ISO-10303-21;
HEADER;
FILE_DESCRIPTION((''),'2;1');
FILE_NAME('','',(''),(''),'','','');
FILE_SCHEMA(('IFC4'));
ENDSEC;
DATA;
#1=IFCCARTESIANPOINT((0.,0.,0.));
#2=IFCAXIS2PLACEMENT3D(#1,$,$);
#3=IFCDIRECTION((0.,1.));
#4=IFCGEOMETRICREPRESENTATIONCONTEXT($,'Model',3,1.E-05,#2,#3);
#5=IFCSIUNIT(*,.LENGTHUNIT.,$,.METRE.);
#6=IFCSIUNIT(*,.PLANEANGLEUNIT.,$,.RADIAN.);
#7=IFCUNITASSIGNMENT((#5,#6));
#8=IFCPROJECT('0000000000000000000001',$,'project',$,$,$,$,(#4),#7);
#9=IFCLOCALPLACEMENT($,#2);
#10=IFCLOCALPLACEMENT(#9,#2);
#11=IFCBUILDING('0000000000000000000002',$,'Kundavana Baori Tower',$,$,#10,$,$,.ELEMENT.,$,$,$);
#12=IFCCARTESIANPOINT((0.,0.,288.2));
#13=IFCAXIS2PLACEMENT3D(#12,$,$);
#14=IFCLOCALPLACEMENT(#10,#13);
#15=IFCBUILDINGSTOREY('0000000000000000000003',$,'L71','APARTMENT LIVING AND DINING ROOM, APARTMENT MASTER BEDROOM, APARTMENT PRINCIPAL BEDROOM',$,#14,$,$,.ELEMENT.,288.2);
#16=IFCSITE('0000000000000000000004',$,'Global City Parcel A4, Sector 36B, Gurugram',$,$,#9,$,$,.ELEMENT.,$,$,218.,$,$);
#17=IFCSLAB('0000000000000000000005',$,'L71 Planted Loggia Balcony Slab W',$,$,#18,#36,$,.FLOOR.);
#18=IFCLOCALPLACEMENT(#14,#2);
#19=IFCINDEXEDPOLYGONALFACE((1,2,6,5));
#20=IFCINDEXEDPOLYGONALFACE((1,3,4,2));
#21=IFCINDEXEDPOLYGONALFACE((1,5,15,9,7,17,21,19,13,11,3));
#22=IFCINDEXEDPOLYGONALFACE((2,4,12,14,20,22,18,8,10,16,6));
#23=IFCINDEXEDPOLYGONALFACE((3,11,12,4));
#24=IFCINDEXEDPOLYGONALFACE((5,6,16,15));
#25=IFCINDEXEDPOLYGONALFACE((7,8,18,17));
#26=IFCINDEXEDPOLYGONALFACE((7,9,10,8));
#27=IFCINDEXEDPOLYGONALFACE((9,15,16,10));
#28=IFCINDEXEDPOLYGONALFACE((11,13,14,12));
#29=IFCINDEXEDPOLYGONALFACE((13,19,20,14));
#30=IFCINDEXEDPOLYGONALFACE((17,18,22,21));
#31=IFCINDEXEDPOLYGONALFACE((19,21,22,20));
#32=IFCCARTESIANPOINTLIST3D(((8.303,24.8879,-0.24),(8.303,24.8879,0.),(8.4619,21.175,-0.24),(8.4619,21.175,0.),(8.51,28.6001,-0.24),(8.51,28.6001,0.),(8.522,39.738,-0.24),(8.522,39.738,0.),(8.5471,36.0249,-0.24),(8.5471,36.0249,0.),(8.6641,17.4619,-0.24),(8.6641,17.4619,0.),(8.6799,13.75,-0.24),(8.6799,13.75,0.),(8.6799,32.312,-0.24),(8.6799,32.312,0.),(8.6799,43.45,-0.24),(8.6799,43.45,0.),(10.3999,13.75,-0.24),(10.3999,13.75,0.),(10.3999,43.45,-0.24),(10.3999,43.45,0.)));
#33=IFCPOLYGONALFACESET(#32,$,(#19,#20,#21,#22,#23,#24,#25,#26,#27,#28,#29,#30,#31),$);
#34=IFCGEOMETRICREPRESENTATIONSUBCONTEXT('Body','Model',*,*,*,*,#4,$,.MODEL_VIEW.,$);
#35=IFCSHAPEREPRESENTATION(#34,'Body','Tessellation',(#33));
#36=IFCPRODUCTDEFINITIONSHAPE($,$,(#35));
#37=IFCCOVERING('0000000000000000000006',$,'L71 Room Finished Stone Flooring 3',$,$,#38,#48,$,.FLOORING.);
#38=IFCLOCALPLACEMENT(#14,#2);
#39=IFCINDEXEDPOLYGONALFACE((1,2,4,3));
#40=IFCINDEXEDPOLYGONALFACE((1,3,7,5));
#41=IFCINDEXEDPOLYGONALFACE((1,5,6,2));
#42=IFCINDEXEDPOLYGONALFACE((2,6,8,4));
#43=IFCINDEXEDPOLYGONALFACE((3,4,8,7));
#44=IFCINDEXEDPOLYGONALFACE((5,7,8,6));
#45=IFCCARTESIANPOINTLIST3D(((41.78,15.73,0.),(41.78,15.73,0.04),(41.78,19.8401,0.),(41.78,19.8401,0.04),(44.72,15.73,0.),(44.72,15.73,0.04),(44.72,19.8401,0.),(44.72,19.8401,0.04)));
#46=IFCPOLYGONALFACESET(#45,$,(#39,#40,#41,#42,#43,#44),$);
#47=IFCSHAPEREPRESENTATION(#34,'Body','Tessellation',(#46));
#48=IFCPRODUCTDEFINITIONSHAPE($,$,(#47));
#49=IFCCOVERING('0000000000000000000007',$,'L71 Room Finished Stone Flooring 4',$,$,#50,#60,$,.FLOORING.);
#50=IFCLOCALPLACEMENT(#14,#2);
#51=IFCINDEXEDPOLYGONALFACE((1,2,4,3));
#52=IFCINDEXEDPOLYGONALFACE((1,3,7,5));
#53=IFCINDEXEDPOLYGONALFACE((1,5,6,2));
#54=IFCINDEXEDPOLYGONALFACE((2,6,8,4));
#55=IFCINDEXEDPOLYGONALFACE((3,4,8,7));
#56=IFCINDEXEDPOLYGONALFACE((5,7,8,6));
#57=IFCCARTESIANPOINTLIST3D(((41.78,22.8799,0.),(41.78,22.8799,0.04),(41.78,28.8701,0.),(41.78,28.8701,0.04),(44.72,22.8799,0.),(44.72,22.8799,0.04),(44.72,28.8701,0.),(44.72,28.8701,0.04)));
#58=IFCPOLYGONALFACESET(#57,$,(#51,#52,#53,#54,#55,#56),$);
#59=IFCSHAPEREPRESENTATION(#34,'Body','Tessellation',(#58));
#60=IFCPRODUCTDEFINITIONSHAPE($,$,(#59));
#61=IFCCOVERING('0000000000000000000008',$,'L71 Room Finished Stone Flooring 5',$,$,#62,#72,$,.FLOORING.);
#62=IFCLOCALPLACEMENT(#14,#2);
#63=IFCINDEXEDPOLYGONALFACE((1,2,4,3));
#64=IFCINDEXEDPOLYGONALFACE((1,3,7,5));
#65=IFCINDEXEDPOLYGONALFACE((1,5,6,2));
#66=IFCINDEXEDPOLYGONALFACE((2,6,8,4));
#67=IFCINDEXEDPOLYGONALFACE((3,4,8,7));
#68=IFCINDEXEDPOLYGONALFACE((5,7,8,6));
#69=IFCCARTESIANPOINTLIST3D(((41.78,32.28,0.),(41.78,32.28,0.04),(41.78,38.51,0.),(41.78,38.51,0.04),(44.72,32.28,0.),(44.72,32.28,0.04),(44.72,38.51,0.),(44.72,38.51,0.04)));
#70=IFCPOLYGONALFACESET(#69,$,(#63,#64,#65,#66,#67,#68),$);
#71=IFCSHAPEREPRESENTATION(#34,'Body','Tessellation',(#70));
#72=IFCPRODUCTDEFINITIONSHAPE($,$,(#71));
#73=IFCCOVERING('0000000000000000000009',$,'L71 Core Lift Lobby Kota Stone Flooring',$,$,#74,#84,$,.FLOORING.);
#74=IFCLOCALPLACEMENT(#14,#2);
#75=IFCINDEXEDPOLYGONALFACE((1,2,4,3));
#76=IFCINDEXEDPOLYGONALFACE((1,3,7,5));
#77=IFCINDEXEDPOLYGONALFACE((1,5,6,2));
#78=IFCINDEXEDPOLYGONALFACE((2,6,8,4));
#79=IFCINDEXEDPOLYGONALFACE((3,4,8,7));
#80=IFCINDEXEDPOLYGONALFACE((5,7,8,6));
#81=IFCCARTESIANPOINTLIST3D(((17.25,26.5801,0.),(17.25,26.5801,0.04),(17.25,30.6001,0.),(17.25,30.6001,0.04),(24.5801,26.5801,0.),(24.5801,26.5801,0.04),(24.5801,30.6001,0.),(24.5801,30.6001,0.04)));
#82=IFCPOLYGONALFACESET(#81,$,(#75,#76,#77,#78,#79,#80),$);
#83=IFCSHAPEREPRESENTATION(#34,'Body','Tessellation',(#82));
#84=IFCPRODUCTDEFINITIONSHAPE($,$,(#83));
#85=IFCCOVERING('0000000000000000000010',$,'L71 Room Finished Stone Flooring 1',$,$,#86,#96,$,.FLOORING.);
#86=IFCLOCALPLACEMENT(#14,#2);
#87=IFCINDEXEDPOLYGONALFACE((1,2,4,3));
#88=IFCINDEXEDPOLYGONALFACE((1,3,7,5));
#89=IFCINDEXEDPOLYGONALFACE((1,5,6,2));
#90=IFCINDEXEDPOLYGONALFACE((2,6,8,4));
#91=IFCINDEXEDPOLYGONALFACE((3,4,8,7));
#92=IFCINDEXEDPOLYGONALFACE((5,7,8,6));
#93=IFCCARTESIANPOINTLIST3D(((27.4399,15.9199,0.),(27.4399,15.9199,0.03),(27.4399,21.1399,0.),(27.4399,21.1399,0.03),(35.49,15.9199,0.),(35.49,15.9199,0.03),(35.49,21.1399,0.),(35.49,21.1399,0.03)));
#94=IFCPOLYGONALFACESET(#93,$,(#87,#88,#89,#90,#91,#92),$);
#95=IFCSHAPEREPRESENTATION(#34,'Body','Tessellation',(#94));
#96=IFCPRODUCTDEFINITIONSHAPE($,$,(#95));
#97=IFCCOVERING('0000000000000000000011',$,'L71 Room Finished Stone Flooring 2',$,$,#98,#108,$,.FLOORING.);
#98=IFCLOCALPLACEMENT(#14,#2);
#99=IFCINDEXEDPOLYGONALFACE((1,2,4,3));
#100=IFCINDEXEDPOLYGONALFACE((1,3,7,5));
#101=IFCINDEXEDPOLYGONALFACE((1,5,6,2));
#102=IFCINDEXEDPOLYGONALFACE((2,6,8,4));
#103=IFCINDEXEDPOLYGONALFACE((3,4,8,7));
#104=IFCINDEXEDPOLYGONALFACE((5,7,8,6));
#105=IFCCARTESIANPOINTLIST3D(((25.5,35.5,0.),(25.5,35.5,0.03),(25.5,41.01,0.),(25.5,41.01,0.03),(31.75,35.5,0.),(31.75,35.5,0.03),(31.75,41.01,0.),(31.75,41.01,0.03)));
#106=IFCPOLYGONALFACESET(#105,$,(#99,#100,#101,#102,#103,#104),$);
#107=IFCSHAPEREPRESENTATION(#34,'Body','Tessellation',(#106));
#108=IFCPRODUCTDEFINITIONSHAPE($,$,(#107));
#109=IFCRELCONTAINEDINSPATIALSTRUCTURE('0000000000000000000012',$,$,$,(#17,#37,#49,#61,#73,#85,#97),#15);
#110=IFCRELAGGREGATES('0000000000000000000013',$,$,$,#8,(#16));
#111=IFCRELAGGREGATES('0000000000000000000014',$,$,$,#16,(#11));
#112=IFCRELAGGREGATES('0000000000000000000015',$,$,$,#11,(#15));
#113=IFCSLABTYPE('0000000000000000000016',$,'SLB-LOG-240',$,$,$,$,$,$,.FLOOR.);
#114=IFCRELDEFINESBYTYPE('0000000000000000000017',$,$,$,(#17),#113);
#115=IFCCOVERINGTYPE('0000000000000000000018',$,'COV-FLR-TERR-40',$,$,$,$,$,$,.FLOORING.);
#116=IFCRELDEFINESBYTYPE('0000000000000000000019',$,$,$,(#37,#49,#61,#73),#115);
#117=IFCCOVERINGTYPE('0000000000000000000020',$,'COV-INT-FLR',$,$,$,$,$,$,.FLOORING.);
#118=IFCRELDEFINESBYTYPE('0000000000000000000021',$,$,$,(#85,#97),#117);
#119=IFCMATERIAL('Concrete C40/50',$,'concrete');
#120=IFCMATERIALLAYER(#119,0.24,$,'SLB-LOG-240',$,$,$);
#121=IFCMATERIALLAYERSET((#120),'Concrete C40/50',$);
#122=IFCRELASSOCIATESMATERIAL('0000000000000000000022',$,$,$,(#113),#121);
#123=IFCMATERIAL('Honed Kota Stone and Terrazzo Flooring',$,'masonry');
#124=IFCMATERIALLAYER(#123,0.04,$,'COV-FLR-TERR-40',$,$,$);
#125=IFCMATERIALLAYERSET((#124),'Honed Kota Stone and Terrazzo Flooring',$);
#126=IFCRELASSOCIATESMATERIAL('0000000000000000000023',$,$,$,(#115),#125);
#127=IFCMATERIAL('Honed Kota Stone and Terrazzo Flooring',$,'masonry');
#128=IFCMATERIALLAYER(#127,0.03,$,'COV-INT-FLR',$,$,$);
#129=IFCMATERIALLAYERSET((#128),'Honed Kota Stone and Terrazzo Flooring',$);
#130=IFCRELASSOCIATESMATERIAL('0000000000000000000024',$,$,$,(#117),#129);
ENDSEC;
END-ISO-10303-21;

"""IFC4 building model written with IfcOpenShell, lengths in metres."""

from ifc_helpers import new_model, si_unit, direction, frame, origin, place, context, subcontext, project, spatial, polyline, outline, extrude, material, layer, layer_set, type_object, element, save


model = new_model("IFC4")

# Units and contexts
model_context = context("Model", 3, precision=1e-05, world=origin(), true_north=direction((0.0, 1.0)))
body_context = subcontext(model_context, "Body", "Model", "MODEL_VIEW")
ifc_project = project(units=[si_unit("LENGTHUNIT", "METRE"), si_unit("PLANEANGLEUNIT", "RADIAN")], contexts=[model_context])

# Site, building, storey
site_placement = place(None, origin())
site = spatial("IfcSite", under=ifc_project, at=site_placement, Name="Global City Parcel A4, Sector 36B, Gurugram", CompositionType="ELEMENT", RefElevation=218.0)
building_placement = place(site_placement, origin())
building = spatial("IfcBuilding", under=site, at=building_placement, Name="Kundavana Baori Tower", CompositionType="ELEMENT")
storey_placement = place(building_placement, frame((0.0, 0.0, 288.2)))
storey = spatial("IfcBuildingStorey", under=building, at=storey_placement, Name="L71", Description="APARTMENT LIVING AND DINING ROOM, APARTMENT MASTER BEDROOM, APARTMENT PRINCIPAL BEDROOM", CompositionType="ELEMENT", Elevation=288.2)

# Slab
ifc_material_1 = material(Name="Concrete C40/50", Category="concrete")
ifc_layer_1 = layer(ifc_material_1, 0.24, Name="SLB-LOG-240")
ifc_layer_set_1 = layer_set([ifc_layer_1], Name="Concrete C40/50")
slab_type_1 = type_object("IfcSlabType", Name="SLB-LOG-240", PredefinedType="FLOOR", material=ifc_layer_set_1)
slab_1_placement = place(storey_placement, frame((0.0, 0.0, -0.24)))
element("IfcSlab", 1, at=slab_1_placement, inside=storey, type_object=slab_type_1, Name="L71 Planted Loggia Balcony Slab W", PredefinedType="FLOOR", context=body_context, shape_type="SweptSolid", body=[
    extrude(outline(polyline([(10.3999, 43.45), (10.3999, 13.75), (8.6799, 13.75), (8.6641, 17.4619), (8.4619, 21.175), (8.303, 24.8879), (8.51, 28.6001), (8.6799, 32.312), (8.5471, 36.0249), (8.522, 39.738), (8.6799, 43.45), (10.3999, 43.45)])), origin(), (0.0, 0.0, 1.0), 0.24),
])

# Coverings
ifc_material_2 = material(Name="Honed Kota Stone and Terrazzo Flooring", Category="masonry")
ifc_layer_2 = layer(ifc_material_2, 0.04, Name="COV-FLR-TERR-40")
ifc_layer_set_2 = layer_set([ifc_layer_2], Name="Honed Kota Stone and Terrazzo Flooring")
covering_type_1 = type_object("IfcCoveringType", Name="COV-FLR-TERR-40", PredefinedType="FLOORING", material=ifc_layer_set_2)
covering_1_placement = place(storey_placement, origin())
element("IfcCovering", 2, at=covering_1_placement, inside=storey, type_object=covering_type_1, Name="L71 Room Finished Stone Flooring 3", PredefinedType="FLOORING", context=body_context, shape_type="SweptSolid", body=[
    extrude(outline(polyline([(41.78, 15.73), (44.72, 15.73), (44.72, 19.8401), (41.78, 19.8401), (41.78, 15.73)])), origin(), (0.0, 0.0, 1.0), 0.04),
])
covering_2_placement = place(storey_placement, origin())
element("IfcCovering", 3, at=covering_2_placement, inside=storey, type_object=covering_type_1, Name="L71 Room Finished Stone Flooring 4", PredefinedType="FLOORING", context=body_context, shape_type="SweptSolid", body=[
    extrude(outline(polyline([(41.78, 22.8799), (44.72, 22.8799), (44.72, 28.8701), (41.78, 28.8701), (41.78, 22.8799)])), origin(), (0.0, 0.0, 1.0), 0.04),
])
covering_3_placement = place(storey_placement, origin())
element("IfcCovering", 4, at=covering_3_placement, inside=storey, type_object=covering_type_1, Name="L71 Room Finished Stone Flooring 5", PredefinedType="FLOORING", context=body_context, shape_type="SweptSolid", body=[
    extrude(outline(polyline([(41.78, 32.28), (44.72, 32.28), (44.72, 38.51), (41.78, 38.51), (41.78, 32.28)])), origin(), (0.0, 0.0, 1.0), 0.04),
])
covering_4_placement = place(storey_placement, origin())
element("IfcCovering", 5, at=covering_4_placement, inside=storey, type_object=covering_type_1, Name="L71 Core Lift Lobby Kota Stone Flooring", PredefinedType="FLOORING", context=body_context, shape_type="SweptSolid", body=[
    extrude(outline(polyline([(17.25, 26.5801), (24.5801, 26.5801), (24.5801, 30.6001), (17.25, 30.6001), (17.25, 26.5801)])), origin(), (0.0, 0.0, 1.0), 0.04),
])
ifc_material_3 = material(Name="Honed Kota Stone and Terrazzo Flooring", Category="masonry")
ifc_layer_3 = layer(ifc_material_3, 0.03, Name="COV-INT-FLR")
ifc_layer_set_3 = layer_set([ifc_layer_3], Name="Honed Kota Stone and Terrazzo Flooring")
covering_type_2 = type_object("IfcCoveringType", Name="COV-INT-FLR", PredefinedType="FLOORING", material=ifc_layer_set_3)
covering_5_placement = place(storey_placement, origin())
element("IfcCovering", 6, at=covering_5_placement, inside=storey, type_object=covering_type_2, Name="L71 Room Finished Stone Flooring 1", PredefinedType="FLOORING", context=body_context, shape_type="SweptSolid", body=[
    extrude(outline(polyline([(27.4399, 15.9199), (35.49, 15.9199), (35.49, 21.1399), (27.4399, 21.1399), (27.4399, 15.9199)])), origin(), (0.0, 0.0, 1.0), 0.03),
])
covering_6_placement = place(storey_placement, origin())
element("IfcCovering", 7, at=covering_6_placement, inside=storey, type_object=covering_type_2, Name="L71 Room Finished Stone Flooring 2", PredefinedType="FLOORING", context=body_context, shape_type="SweptSolid", body=[
    extrude(outline(polyline([(25.5, 35.5), (31.75, 35.5), (31.75, 41.01), (25.5, 41.01), (25.5, 35.5)])), origin(), (0.0, 0.0, 1.0), 0.03),
])

save(model, "model.ifc")
